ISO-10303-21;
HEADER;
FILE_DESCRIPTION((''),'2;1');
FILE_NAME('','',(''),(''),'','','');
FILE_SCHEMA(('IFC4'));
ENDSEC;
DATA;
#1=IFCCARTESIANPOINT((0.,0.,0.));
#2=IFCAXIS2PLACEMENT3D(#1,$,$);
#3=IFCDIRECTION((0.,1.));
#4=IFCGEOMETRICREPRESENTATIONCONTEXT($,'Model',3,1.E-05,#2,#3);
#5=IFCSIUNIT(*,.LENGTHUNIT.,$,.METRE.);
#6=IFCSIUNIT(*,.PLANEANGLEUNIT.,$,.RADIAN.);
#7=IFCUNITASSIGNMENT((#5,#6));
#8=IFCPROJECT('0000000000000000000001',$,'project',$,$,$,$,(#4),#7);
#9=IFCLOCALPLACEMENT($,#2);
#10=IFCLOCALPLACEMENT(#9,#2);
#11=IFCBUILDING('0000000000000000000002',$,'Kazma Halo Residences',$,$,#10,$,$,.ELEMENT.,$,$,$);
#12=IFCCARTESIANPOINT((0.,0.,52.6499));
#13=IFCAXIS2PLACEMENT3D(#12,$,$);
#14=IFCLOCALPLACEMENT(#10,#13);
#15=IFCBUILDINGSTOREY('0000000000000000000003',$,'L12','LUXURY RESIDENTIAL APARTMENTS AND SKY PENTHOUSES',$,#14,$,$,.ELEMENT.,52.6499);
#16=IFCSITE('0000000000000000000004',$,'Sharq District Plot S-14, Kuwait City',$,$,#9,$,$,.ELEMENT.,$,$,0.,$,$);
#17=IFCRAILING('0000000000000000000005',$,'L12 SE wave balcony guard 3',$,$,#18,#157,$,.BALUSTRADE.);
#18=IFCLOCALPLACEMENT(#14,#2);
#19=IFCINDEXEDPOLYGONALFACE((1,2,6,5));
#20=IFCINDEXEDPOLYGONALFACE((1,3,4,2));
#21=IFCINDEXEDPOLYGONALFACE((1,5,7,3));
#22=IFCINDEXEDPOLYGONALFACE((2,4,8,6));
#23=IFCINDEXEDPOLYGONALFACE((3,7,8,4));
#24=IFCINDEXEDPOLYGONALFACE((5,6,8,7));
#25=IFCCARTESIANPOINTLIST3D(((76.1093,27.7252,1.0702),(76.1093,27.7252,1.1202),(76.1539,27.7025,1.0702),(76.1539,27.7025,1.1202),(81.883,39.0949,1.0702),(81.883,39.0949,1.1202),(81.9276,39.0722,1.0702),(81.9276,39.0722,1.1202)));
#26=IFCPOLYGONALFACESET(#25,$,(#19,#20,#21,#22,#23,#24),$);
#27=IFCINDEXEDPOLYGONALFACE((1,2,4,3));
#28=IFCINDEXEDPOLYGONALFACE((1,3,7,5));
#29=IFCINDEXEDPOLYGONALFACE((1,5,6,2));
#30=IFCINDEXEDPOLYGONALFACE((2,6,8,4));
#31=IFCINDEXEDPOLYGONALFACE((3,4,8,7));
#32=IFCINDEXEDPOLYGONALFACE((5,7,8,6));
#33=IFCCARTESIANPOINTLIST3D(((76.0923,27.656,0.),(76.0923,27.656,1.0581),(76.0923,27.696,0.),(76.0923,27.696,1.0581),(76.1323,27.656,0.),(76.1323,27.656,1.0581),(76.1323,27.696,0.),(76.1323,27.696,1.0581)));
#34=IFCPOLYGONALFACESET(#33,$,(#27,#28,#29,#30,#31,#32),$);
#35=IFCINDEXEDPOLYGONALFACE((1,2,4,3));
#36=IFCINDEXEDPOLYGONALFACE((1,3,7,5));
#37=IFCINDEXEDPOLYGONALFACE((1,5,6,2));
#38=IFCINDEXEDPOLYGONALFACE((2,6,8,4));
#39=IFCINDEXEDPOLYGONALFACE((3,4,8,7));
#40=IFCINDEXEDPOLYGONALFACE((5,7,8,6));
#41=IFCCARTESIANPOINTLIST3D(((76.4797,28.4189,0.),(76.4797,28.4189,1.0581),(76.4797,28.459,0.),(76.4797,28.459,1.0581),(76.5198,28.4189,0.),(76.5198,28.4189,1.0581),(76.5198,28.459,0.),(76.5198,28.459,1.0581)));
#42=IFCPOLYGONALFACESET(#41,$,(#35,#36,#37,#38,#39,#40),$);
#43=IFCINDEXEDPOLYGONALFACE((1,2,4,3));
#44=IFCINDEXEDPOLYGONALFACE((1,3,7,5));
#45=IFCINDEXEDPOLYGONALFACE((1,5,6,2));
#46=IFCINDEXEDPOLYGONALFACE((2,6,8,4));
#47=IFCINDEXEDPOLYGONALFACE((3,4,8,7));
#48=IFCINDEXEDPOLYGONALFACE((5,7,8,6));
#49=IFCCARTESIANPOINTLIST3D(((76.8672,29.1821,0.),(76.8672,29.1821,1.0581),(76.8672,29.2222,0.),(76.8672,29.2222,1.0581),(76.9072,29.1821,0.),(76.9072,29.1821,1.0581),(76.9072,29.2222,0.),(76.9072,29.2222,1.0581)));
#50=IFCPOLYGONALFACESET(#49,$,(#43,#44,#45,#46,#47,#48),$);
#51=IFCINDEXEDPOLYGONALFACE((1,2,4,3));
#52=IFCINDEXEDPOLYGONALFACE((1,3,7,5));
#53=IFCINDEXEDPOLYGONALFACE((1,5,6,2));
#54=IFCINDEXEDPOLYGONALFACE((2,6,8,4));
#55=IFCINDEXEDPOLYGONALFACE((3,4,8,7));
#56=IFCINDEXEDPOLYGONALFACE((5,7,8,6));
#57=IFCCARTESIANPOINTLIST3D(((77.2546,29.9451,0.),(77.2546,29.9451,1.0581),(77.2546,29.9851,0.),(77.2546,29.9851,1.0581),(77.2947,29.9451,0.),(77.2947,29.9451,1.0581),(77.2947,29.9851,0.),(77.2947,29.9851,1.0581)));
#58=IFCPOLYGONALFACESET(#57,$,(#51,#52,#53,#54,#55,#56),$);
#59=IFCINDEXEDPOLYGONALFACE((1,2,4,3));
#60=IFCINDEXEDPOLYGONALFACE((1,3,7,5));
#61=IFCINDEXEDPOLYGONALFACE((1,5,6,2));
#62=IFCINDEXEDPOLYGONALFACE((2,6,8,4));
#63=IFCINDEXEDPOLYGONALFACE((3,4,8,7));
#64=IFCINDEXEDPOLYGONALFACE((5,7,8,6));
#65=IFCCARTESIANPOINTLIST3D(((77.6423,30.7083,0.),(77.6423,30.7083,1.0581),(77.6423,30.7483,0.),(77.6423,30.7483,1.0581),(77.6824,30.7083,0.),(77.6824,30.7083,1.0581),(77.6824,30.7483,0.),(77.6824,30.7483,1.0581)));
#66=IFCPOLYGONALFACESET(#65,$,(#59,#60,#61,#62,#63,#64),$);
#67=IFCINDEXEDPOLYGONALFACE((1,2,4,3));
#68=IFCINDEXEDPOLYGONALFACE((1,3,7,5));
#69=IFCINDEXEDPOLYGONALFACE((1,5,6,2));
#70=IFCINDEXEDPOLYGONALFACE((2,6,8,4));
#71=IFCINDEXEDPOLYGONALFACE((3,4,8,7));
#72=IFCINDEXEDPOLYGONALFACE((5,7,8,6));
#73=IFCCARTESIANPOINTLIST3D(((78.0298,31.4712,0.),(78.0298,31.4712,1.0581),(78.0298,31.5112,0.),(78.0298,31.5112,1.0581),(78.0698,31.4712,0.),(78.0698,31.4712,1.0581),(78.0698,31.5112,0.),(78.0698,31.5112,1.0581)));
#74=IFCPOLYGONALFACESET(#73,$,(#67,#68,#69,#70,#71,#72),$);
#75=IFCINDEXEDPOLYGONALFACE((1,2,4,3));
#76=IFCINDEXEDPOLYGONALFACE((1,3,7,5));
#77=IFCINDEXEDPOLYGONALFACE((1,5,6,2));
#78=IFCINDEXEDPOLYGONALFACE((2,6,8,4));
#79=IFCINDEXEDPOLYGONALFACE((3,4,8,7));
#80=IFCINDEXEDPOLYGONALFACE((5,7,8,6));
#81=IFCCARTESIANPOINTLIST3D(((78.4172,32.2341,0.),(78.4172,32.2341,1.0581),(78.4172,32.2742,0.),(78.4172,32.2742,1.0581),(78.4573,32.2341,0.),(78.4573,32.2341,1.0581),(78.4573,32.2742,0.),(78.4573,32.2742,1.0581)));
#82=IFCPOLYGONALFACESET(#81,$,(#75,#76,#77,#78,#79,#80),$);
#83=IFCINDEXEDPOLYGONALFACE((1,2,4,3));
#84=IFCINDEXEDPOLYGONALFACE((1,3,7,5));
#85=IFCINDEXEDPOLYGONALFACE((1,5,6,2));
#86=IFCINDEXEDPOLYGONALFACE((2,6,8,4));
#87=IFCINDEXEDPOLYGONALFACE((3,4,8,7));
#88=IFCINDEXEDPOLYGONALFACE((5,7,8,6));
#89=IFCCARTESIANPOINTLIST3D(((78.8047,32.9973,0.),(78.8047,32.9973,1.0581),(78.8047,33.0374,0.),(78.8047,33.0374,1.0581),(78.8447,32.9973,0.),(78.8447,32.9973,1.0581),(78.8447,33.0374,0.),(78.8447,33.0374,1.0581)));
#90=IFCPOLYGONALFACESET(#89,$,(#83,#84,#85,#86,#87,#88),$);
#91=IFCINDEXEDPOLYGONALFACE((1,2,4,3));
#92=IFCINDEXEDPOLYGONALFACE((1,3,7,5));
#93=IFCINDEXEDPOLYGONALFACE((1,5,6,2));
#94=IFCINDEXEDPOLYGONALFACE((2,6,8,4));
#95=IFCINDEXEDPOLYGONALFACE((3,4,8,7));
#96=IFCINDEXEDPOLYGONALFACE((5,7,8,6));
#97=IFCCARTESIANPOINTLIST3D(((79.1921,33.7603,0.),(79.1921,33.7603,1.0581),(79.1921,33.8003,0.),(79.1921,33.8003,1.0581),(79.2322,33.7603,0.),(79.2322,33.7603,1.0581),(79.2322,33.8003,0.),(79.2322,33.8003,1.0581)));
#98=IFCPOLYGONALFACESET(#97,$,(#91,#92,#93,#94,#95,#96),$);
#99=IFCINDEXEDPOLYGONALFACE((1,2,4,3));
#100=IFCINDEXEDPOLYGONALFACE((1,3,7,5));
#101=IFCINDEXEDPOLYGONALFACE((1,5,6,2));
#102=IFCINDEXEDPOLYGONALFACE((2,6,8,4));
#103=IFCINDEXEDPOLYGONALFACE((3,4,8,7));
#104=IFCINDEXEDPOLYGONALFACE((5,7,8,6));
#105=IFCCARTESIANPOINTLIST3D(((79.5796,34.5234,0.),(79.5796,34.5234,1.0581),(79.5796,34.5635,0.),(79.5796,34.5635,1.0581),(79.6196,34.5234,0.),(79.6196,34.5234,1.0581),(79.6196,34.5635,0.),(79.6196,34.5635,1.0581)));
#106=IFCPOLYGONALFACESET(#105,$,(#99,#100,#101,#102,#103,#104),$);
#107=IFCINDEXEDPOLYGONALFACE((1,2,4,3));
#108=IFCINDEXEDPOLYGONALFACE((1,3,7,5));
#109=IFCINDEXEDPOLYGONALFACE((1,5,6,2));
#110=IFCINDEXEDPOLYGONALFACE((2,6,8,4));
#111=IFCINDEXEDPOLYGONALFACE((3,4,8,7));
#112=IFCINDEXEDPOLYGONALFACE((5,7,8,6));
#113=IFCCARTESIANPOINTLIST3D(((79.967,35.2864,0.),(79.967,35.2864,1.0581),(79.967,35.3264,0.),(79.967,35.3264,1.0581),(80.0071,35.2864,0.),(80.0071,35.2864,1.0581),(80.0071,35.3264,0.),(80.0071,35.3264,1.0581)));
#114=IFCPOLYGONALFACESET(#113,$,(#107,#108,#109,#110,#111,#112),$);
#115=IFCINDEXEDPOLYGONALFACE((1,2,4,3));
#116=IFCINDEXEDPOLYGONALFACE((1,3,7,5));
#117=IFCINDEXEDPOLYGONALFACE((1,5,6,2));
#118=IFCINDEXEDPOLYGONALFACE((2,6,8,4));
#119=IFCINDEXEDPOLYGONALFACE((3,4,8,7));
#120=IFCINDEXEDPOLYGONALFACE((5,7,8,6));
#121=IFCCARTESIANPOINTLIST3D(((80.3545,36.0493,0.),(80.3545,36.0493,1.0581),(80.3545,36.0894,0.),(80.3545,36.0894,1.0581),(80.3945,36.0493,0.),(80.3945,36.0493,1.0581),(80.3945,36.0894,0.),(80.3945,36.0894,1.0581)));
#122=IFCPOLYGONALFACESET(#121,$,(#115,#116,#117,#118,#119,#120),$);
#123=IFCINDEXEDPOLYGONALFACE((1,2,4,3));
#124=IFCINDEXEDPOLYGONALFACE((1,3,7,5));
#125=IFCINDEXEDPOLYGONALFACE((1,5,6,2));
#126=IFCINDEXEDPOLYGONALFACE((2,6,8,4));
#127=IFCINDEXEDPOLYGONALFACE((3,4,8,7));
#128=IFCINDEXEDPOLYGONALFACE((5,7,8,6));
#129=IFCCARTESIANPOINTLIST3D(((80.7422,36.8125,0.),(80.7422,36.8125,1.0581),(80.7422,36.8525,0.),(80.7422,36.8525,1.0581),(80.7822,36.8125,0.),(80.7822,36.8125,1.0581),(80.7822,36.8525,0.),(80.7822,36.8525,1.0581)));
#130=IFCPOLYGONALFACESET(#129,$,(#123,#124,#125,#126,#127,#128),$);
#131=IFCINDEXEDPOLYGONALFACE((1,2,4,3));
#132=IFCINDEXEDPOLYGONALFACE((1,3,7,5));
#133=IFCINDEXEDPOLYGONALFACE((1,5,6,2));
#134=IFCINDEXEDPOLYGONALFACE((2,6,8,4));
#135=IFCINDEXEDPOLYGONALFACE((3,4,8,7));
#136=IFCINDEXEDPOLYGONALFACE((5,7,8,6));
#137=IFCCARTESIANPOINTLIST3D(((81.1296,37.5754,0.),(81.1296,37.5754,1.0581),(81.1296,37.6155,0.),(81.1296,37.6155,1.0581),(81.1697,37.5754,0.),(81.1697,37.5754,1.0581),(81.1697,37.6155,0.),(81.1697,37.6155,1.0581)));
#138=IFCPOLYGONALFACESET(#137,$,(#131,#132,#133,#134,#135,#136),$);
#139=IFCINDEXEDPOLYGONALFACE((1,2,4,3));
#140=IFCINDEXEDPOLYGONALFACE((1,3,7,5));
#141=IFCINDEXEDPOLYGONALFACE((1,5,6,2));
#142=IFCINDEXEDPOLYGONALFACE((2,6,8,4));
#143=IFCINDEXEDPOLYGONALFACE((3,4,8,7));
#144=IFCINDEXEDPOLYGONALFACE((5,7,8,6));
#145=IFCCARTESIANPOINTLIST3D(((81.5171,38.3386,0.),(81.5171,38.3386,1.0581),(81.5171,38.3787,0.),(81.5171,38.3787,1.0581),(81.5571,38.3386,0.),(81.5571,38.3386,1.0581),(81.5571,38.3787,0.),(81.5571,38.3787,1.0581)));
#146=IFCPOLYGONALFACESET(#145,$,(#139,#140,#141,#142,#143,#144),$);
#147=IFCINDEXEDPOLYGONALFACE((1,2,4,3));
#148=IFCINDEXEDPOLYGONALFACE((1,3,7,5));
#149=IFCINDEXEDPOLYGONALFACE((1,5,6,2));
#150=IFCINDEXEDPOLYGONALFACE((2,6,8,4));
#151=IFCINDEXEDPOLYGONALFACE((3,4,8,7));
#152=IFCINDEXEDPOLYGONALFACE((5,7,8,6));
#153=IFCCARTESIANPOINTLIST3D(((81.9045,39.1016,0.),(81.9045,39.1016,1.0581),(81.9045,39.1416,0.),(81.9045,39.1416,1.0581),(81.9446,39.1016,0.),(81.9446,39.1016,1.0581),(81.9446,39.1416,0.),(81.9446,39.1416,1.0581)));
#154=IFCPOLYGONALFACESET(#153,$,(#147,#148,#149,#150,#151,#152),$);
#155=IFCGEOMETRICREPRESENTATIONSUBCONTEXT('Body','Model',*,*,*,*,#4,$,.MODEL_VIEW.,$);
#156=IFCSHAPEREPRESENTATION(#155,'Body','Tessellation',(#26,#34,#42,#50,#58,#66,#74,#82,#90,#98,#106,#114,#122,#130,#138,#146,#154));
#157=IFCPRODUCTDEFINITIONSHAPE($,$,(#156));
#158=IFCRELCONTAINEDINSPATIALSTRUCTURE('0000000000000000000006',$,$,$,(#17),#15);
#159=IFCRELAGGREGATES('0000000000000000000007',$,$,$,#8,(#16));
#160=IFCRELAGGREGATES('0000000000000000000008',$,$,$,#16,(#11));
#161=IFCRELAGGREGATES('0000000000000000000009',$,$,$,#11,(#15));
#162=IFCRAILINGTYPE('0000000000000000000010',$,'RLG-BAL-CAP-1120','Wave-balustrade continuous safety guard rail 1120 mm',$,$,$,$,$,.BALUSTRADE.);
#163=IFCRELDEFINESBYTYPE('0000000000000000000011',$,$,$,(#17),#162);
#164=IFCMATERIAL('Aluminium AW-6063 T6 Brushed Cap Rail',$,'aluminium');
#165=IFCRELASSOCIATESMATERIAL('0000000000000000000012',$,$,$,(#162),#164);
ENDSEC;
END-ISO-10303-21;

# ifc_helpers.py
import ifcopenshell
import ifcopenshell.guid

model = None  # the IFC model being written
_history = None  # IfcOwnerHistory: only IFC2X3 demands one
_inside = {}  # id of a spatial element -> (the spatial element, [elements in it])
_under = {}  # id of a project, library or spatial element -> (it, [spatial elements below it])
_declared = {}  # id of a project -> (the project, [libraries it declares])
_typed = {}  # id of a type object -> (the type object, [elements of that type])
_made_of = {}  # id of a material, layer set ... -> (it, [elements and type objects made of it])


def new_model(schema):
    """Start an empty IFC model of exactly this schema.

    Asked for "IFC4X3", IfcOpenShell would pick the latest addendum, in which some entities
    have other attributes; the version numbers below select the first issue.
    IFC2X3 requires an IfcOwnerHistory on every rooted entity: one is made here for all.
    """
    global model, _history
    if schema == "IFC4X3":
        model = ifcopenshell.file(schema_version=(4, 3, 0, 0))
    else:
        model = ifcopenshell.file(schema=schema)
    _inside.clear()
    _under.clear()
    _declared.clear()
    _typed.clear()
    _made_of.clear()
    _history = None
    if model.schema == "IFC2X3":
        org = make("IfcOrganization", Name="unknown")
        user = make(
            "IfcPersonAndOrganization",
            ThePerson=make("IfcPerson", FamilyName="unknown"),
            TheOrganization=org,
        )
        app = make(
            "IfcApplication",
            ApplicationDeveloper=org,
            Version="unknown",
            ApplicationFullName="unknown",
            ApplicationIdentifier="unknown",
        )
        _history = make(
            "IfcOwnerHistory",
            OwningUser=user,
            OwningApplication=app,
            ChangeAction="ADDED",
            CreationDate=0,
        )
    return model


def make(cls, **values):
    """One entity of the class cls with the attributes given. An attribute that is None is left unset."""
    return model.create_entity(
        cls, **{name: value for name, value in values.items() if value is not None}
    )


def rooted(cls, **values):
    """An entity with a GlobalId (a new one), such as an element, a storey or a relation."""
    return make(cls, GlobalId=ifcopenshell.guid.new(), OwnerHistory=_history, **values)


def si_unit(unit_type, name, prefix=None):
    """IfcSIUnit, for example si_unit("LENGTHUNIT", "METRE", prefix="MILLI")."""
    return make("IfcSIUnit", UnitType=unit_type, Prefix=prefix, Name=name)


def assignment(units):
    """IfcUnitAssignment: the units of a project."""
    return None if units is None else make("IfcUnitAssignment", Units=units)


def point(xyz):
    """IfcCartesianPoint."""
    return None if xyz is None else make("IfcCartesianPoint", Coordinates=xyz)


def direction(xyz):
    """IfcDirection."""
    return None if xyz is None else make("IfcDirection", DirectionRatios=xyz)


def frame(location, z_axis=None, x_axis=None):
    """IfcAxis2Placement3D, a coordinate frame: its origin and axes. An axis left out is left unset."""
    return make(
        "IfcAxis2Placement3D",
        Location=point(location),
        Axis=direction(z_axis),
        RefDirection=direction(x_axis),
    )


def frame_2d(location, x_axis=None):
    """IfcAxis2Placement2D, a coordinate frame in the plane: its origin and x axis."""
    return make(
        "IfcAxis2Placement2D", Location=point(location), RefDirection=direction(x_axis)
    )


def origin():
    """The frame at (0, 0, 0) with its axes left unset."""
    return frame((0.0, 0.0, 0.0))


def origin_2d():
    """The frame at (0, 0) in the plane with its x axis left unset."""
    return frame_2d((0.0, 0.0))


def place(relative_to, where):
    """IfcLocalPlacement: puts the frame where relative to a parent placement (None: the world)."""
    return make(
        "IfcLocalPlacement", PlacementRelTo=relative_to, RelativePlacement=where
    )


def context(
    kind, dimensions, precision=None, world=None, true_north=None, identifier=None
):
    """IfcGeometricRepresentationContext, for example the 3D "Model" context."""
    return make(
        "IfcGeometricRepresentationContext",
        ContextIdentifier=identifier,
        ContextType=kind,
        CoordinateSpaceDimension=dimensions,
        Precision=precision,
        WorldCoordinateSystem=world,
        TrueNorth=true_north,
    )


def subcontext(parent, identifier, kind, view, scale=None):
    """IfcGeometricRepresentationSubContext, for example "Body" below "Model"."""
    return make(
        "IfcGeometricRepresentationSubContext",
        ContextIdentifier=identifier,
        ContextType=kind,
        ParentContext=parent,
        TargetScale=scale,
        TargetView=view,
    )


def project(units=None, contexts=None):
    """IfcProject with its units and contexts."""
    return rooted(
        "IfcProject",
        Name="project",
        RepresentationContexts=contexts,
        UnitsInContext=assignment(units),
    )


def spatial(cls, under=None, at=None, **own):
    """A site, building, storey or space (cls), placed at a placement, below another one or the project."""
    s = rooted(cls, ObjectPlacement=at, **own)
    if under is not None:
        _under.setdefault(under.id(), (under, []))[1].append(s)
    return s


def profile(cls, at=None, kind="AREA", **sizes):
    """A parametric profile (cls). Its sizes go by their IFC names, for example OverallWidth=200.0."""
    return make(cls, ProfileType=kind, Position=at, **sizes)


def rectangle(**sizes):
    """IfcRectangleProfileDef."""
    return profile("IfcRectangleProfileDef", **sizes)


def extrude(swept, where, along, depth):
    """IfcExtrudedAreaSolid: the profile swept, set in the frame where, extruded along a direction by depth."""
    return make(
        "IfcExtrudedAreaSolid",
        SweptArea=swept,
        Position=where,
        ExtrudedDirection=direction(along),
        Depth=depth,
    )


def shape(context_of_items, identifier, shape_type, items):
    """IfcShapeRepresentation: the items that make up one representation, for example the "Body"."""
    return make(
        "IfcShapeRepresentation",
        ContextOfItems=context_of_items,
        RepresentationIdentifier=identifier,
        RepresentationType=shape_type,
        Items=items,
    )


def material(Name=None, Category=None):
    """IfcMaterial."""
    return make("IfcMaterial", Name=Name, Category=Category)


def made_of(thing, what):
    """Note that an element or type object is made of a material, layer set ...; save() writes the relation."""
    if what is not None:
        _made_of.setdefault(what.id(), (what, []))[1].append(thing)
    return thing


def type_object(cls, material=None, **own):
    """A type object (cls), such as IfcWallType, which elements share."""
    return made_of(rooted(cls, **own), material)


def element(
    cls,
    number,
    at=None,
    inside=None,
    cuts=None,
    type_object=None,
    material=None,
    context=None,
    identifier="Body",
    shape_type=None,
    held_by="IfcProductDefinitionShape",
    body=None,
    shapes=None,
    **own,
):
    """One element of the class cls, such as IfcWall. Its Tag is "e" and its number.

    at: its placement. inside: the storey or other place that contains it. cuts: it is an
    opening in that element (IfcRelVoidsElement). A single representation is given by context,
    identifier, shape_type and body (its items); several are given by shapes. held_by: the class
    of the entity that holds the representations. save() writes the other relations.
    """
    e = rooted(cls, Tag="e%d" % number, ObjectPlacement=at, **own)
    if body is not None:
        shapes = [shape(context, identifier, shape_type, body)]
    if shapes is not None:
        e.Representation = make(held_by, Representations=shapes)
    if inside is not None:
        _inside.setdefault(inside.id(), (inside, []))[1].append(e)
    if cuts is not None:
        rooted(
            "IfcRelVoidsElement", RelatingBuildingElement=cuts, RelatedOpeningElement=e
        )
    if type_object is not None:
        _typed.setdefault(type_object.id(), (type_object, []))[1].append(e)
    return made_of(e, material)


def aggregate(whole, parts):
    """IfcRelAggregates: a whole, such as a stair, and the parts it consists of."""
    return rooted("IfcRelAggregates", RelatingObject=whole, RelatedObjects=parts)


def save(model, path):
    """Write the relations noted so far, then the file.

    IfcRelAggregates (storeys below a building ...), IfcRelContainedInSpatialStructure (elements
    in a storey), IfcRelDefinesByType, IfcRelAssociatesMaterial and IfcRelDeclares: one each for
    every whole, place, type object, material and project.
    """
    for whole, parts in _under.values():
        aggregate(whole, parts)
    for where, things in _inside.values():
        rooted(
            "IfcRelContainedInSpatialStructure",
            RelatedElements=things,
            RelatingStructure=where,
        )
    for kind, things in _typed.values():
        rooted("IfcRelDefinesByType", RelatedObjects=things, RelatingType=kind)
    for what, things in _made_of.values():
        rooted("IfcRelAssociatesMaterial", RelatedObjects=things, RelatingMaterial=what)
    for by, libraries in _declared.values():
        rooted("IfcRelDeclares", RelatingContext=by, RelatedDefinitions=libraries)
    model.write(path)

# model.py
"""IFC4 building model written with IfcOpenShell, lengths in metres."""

from ifc_helpers import new_model, si_unit, direction, frame, origin, origin_2d, place, context, subcontext, project, spatial, rectangle, extrude, material, type_object, element, save


model = new_model("IFC4")

# Units and contexts
model_context = context("Model", 3, precision=1e-05, world=origin(), true_north=direction((0.0, 1.0)))
body_context = subcontext(model_context, "Body", "Model", "MODEL_VIEW")
ifc_project = project(units=[si_unit("LENGTHUNIT", "METRE"), si_unit("PLANEANGLEUNIT", "RADIAN")], contexts=[model_context])

# Site, building, storey
site_placement = place(None, origin())
site = spatial("IfcSite", under=ifc_project, at=site_placement, Name="Sharq District Plot S-14, Kuwait City", CompositionType="ELEMENT", RefElevation=0.0)
building_placement = place(site_placement, origin())
building = spatial("IfcBuilding", under=site, at=building_placement, Name="Kazma Halo Residences", CompositionType="ELEMENT")
storey_placement = place(building_placement, frame((0.0, 0.0, 52.6499)))
storey = spatial("IfcBuildingStorey", under=building, at=storey_placement, Name="L12", Description="LUXURY RESIDENTIAL APARTMENTS AND SKY PENTHOUSES", CompositionType="ELEMENT", Elevation=52.6499)

# Railing
ifc_material_1 = material(Name="Aluminium AW-6063 T6 Brushed Cap Rail", Category="aluminium")
railing_type = type_object("IfcRailingType", Name="RLG-BAL-CAP-1120", Description="Wave-balustrade continuous safety guard rail 1120 mm", PredefinedType="BALUSTRADE", material=ifc_material_1)
railing_1_placement = place(storey_placement, frame((76.1123, 27.676, 0.0)))
element("IfcRailing", 1, at=railing_1_placement, inside=storey, type_object=railing_type, Name="L12 SE wave balcony guard 3", PredefinedType="BALUSTRADE", context=body_context, shape_type="SweptSolid", body=[
    extrude(rectangle(XDim=0.05, YDim=0.05, at=origin_2d()), frame((0.0193, 0.0378, 1.0952), z_axis=(0.452781, 0.891622, 0.0), x_axis=(-0.891622, 0.452781, 0.0)), (0.0, 0.0, 1.0), 12.7517),
    extrude(rectangle(XDim=0.04, YDim=0.04, at=origin_2d()), origin(), (0.0, 0.0, 1.0), 1.0581),
    extrude(rectangle(XDim=0.04, YDim=0.04, at=origin_2d()), frame((0.3875, 0.7629, 0.0)), (0.0, 0.0, 1.0), 1.0581),
    extrude(rectangle(XDim=0.04, YDim=0.04, at=origin_2d()), frame((0.7749, 1.5261, 0.0)), (0.0, 0.0, 1.0), 1.0581),
    extrude(rectangle(XDim=0.04, YDim=0.04, at=origin_2d()), frame((1.1624, 2.2891, 0.0)), (0.0, 0.0, 1.0), 1.0581),
    extrude(rectangle(XDim=0.04, YDim=0.04, at=origin_2d()), frame((1.55, 3.0522, 0.0)), (0.0, 0.0, 1.0), 1.0581),
    extrude(rectangle(XDim=0.04, YDim=0.04, at=origin_2d()), frame((1.9375, 3.8152, 0.0)), (0.0, 0.0, 1.0), 1.0581),
    extrude(rectangle(XDim=0.04, YDim=0.04, at=origin_2d()), frame((2.325, 4.5781, 0.0)), (0.0, 0.0, 1.0), 1.0581),
    extrude(rectangle(XDim=0.04, YDim=0.04, at=origin_2d()), frame((2.7124, 5.3413, 0.0)), (0.0, 0.0, 1.0), 1.0581),
    extrude(rectangle(XDim=0.04, YDim=0.04, at=origin_2d()), frame((3.0999, 6.1042, 0.0)), (0.0, 0.0, 1.0), 1.0581),
    extrude(rectangle(XDim=0.04, YDim=0.04, at=origin_2d()), frame((3.4873, 6.8674, 0.0)), (0.0, 0.0, 1.0), 1.0581),
    extrude(rectangle(XDim=0.04, YDim=0.04, at=origin_2d()), frame((3.8748, 7.6304, 0.0)), (0.0, 0.0, 1.0), 1.0581),
    extrude(rectangle(XDim=0.04, YDim=0.04, at=origin_2d()), frame((4.2622, 8.3933, 0.0)), (0.0, 0.0, 1.0), 1.0581),
    extrude(rectangle(XDim=0.04, YDim=0.04, at=origin_2d()), frame((4.6499, 9.1565, 0.0)), (0.0, 0.0, 1.0), 1.0581),
    extrude(rectangle(XDim=0.04, YDim=0.04, at=origin_2d()), frame((5.0374, 9.9194, 0.0)), (0.0, 0.0, 1.0), 1.0581),
    extrude(rectangle(XDim=0.04, YDim=0.04, at=origin_2d()), frame((5.4248, 10.6826, 0.0)), (0.0, 0.0, 1.0), 1.0581),
    extrude(rectangle(XDim=0.04, YDim=0.04, at=origin_2d()), frame((5.8123, 11.4456, 0.0)), (0.0, 0.0, 1.0), 1.0581),
])

save(model, "model.ifc")
